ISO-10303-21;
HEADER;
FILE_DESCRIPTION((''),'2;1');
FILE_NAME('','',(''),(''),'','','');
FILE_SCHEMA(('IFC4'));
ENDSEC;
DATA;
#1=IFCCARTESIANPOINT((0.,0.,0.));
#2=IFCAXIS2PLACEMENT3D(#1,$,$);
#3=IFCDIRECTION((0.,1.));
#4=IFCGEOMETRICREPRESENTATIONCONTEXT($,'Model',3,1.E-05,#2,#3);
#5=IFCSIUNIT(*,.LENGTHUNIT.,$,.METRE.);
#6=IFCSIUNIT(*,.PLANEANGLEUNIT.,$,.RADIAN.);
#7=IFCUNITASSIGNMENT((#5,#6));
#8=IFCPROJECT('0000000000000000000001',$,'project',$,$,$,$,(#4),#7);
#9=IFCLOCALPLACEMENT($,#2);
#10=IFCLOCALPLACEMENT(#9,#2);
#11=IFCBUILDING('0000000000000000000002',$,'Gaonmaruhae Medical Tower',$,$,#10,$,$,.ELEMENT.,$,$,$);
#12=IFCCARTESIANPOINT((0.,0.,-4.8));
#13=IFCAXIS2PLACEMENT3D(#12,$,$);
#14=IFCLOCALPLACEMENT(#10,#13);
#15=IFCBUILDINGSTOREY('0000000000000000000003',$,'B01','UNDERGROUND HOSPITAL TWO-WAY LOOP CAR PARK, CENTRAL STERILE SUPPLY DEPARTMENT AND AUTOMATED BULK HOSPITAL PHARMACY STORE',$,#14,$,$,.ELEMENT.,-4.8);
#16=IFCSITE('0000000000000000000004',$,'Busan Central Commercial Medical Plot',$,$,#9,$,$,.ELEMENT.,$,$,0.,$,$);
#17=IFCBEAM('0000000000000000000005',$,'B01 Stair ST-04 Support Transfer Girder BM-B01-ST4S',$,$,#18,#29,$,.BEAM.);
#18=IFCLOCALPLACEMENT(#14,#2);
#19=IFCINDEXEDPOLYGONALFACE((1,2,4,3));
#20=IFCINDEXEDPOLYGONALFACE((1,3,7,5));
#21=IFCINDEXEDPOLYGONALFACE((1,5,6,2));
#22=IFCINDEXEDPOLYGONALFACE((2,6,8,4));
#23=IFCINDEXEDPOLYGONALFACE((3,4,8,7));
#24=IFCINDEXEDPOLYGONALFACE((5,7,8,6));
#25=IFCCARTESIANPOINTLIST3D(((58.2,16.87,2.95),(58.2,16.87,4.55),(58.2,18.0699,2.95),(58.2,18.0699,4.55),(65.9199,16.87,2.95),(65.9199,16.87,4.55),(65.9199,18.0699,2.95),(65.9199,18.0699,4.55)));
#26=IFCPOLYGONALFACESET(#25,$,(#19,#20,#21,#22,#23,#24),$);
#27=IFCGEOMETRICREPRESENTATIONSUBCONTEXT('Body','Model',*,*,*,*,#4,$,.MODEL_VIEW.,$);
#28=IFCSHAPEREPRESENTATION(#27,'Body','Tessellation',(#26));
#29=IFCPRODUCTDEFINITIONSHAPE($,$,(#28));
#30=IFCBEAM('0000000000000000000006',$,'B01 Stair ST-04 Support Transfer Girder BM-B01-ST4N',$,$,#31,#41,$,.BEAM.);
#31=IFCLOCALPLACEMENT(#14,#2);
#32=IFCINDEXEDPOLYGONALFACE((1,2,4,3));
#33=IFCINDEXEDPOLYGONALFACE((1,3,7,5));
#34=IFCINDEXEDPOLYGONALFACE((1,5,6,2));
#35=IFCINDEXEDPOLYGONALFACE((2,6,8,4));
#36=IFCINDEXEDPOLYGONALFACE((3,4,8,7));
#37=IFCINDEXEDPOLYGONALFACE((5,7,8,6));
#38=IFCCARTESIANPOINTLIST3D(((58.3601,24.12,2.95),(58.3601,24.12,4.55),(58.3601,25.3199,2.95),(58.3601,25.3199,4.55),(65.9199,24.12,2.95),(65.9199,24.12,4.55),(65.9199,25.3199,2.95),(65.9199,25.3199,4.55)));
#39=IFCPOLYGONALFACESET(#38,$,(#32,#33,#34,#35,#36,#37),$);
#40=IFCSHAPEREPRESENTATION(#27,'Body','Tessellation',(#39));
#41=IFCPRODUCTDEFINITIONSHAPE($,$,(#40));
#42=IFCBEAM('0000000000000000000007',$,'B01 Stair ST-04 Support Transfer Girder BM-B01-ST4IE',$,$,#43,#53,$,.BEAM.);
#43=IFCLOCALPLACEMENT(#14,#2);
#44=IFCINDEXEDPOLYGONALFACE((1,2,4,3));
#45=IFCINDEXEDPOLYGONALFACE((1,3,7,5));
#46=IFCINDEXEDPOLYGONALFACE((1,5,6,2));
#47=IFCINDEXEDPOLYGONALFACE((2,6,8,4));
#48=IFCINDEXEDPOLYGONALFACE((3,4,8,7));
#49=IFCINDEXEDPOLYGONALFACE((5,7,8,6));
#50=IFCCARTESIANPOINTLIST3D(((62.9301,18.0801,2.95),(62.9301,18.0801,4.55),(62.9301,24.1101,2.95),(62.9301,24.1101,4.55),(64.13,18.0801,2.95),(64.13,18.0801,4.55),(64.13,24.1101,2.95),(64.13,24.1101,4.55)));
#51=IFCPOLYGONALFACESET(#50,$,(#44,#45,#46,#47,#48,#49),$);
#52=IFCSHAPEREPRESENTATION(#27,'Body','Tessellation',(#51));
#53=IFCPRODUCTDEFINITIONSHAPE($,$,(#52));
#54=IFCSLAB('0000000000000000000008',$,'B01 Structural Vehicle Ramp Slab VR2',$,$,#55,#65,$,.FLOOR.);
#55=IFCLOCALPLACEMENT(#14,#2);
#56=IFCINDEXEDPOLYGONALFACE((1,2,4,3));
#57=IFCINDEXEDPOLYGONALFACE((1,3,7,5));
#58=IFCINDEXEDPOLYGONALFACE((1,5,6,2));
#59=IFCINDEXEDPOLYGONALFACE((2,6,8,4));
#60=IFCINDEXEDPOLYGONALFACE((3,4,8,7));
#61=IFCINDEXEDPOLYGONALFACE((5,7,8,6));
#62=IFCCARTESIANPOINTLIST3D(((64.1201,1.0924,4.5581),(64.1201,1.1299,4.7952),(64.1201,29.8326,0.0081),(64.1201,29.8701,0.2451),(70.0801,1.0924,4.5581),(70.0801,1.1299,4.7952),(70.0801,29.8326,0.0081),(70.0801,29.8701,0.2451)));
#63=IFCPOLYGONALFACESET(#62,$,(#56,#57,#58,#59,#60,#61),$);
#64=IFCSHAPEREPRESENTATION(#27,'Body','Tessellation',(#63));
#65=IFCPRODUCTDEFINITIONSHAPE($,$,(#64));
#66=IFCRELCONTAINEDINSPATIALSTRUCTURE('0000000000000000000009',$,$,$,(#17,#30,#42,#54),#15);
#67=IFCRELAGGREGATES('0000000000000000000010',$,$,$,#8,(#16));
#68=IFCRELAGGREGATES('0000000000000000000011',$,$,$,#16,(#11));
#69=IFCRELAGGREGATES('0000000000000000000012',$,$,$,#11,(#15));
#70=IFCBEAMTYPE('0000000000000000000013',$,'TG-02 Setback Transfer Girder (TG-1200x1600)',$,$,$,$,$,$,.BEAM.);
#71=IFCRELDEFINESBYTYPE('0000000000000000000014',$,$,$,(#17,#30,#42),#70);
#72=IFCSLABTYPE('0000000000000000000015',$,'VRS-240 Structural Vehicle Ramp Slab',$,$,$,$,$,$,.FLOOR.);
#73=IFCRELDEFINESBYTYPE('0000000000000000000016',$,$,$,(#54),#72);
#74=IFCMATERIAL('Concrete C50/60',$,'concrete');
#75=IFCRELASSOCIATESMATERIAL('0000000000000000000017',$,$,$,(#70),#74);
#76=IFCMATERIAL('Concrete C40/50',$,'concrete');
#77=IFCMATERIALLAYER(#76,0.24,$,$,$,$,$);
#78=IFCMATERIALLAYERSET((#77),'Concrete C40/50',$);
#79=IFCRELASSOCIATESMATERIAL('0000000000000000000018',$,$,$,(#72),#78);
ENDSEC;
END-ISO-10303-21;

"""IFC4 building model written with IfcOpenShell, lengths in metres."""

from ifc_helpers import new_model, si_unit, direction, frame, origin, origin_2d, place, context, subcontext, project, spatial, polyline, rectangle, outline, extrude, material, layer, layer_set, material_profile, profile_set, type_object, element, save


model = new_model("IFC4")

# Units and contexts
model_context = context("Model", 3, precision=1e-05, world=origin(), true_north=direction((0.0, 1.0)))
body_context = subcontext(model_context, "Body", "Model", "MODEL_VIEW")
ifc_project = project(units=[si_unit("LENGTHUNIT", "METRE"), si_unit("PLANEANGLEUNIT", "RADIAN")], contexts=[model_context])

# Site, building, storey
site_placement = place(None, origin())
site = spatial("IfcSite", under=ifc_project, at=site_placement, Name="Busan Central Commercial Medical Plot", CompositionType="ELEMENT", RefElevation=0.0)
building_placement = place(site_placement, origin())
building = spatial("IfcBuilding", under=site, at=building_placement, Name="Gaonmaruhae Medical Tower", CompositionType="ELEMENT")
storey_placement = place(building_placement, frame((0.0, 0.0, -4.8)))
storey = spatial("IfcBuildingStorey", under=building, at=storey_placement, Name="B01", Description="UNDERGROUND HOSPITAL TWO-WAY LOOP CAR PARK, CENTRAL STERILE SUPPLY DEPARTMENT AND AUTOMATED BULK HOSPITAL PHARMACY STORE", CompositionType="ELEMENT", Elevation=-4.8)

# Shared definitions
ifc_material_1 = material(Name="Concrete C50/60", Category="concrete")

# Beams
ifc_material_profile_1 = material_profile(ifc_material_1, rectangle(XDim=1.2, YDim=1.6001, at=origin_2d()), Name="TG-1200x1600")
ifc_profile_set_1 = profile_set([ifc_material_profile_1], Name="Concrete C50/60")
beam_type_1 = type_object("IfcBeamType", Name="TG-02 Setback Transfer Girder (TG-1200x1600)", PredefinedType="BEAM", material=ifc_profile_set_1)
beam_1_placement = place(storey_placement, frame((58.2, 17.47, 3.75), z_axis=(1.0, 0.0, 0.0), x_axis=(0.0, 1.0, 0.0)))
element("IfcBeam", 1, at=beam_1_placement, inside=storey, type_object=beam_type_1, Name="B01 Stair ST-04 Support Transfer Girder BM-B01-ST4S", PredefinedType="BEAM", context=body_context, shape_type="SweptSolid", body=[
    extrude(rectangle(XDim=1.2, YDim=1.6001, at=origin_2d()), origin(), (0.0, 0.0, 1.0), 7.72),
])
beam_2_placement = place(storey_placement, frame((58.3601, 24.72, 3.75), z_axis=(1.0, 0.0, 0.0), x_axis=(0.0, 1.0, 0.0)))
element("IfcBeam", 2, at=beam_2_placement, inside=storey, type_object=beam_type_1, Name="B01 Stair ST-04 Support Transfer Girder BM-B01-ST4N", PredefinedType="BEAM", context=body_context, shape_type="SweptSolid", body=[
    extrude(rectangle(XDim=1.2, YDim=1.6001, at=origin_2d()), origin(), (0.0, 0.0, 1.0), 7.5598),
])
beam_3_placement = place(storey_placement, frame((63.53, 18.0801, 3.75), z_axis=(0.0, 1.0, 0.0), x_axis=(-1.0, 0.0, 0.0)))
element("IfcBeam", 3, at=beam_3_placement, inside=storey, type_object=beam_type_1, Name="B01 Stair ST-04 Support Transfer Girder BM-B01-ST4IE", PredefinedType="BEAM", context=body_context, shape_type="SweptSolid", body=[
    extrude(rectangle(XDim=1.2, YDim=1.6001, at=origin_2d()), origin(), (0.0, 0.0, 1.0), 6.03),
])

# Slab
ifc_material_2 = material(Name="Concrete C40/50", Category="concrete")
ifc_layer = layer(ifc_material_2, 0.24)
ifc_layer_set = layer_set([ifc_layer], Name="Concrete C40/50")
slab_type = type_object("IfcSlabType", Name="VRS-240 Structural Vehicle Ramp Slab", PredefinedType="FLOOR", material=ifc_layer_set)
slab_placement = place(storey_placement, frame((64.1201, 29.8701, 0.2451), z_axis=(0.0, 0.156369, 0.987699), x_axis=(1.0, 0.0, 0.0)))
element("IfcSlab", 4, at=slab_placement, inside=storey, type_object=slab_type, Name="B01 Structural Vehicle Ramp Slab VR2", PredefinedType="FLOOR", context=body_context, shape_type="SweptSolid", body=[
    extrude(outline(polyline([(0.0, 0.0), (5.96, 0.0), (5.96, -29.0982), (0.0, -29.0982), (0.0, 0.0)])), origin(), (0.0, 0.0, -1.0), 0.24),
])

save(model, "model.ifc")
